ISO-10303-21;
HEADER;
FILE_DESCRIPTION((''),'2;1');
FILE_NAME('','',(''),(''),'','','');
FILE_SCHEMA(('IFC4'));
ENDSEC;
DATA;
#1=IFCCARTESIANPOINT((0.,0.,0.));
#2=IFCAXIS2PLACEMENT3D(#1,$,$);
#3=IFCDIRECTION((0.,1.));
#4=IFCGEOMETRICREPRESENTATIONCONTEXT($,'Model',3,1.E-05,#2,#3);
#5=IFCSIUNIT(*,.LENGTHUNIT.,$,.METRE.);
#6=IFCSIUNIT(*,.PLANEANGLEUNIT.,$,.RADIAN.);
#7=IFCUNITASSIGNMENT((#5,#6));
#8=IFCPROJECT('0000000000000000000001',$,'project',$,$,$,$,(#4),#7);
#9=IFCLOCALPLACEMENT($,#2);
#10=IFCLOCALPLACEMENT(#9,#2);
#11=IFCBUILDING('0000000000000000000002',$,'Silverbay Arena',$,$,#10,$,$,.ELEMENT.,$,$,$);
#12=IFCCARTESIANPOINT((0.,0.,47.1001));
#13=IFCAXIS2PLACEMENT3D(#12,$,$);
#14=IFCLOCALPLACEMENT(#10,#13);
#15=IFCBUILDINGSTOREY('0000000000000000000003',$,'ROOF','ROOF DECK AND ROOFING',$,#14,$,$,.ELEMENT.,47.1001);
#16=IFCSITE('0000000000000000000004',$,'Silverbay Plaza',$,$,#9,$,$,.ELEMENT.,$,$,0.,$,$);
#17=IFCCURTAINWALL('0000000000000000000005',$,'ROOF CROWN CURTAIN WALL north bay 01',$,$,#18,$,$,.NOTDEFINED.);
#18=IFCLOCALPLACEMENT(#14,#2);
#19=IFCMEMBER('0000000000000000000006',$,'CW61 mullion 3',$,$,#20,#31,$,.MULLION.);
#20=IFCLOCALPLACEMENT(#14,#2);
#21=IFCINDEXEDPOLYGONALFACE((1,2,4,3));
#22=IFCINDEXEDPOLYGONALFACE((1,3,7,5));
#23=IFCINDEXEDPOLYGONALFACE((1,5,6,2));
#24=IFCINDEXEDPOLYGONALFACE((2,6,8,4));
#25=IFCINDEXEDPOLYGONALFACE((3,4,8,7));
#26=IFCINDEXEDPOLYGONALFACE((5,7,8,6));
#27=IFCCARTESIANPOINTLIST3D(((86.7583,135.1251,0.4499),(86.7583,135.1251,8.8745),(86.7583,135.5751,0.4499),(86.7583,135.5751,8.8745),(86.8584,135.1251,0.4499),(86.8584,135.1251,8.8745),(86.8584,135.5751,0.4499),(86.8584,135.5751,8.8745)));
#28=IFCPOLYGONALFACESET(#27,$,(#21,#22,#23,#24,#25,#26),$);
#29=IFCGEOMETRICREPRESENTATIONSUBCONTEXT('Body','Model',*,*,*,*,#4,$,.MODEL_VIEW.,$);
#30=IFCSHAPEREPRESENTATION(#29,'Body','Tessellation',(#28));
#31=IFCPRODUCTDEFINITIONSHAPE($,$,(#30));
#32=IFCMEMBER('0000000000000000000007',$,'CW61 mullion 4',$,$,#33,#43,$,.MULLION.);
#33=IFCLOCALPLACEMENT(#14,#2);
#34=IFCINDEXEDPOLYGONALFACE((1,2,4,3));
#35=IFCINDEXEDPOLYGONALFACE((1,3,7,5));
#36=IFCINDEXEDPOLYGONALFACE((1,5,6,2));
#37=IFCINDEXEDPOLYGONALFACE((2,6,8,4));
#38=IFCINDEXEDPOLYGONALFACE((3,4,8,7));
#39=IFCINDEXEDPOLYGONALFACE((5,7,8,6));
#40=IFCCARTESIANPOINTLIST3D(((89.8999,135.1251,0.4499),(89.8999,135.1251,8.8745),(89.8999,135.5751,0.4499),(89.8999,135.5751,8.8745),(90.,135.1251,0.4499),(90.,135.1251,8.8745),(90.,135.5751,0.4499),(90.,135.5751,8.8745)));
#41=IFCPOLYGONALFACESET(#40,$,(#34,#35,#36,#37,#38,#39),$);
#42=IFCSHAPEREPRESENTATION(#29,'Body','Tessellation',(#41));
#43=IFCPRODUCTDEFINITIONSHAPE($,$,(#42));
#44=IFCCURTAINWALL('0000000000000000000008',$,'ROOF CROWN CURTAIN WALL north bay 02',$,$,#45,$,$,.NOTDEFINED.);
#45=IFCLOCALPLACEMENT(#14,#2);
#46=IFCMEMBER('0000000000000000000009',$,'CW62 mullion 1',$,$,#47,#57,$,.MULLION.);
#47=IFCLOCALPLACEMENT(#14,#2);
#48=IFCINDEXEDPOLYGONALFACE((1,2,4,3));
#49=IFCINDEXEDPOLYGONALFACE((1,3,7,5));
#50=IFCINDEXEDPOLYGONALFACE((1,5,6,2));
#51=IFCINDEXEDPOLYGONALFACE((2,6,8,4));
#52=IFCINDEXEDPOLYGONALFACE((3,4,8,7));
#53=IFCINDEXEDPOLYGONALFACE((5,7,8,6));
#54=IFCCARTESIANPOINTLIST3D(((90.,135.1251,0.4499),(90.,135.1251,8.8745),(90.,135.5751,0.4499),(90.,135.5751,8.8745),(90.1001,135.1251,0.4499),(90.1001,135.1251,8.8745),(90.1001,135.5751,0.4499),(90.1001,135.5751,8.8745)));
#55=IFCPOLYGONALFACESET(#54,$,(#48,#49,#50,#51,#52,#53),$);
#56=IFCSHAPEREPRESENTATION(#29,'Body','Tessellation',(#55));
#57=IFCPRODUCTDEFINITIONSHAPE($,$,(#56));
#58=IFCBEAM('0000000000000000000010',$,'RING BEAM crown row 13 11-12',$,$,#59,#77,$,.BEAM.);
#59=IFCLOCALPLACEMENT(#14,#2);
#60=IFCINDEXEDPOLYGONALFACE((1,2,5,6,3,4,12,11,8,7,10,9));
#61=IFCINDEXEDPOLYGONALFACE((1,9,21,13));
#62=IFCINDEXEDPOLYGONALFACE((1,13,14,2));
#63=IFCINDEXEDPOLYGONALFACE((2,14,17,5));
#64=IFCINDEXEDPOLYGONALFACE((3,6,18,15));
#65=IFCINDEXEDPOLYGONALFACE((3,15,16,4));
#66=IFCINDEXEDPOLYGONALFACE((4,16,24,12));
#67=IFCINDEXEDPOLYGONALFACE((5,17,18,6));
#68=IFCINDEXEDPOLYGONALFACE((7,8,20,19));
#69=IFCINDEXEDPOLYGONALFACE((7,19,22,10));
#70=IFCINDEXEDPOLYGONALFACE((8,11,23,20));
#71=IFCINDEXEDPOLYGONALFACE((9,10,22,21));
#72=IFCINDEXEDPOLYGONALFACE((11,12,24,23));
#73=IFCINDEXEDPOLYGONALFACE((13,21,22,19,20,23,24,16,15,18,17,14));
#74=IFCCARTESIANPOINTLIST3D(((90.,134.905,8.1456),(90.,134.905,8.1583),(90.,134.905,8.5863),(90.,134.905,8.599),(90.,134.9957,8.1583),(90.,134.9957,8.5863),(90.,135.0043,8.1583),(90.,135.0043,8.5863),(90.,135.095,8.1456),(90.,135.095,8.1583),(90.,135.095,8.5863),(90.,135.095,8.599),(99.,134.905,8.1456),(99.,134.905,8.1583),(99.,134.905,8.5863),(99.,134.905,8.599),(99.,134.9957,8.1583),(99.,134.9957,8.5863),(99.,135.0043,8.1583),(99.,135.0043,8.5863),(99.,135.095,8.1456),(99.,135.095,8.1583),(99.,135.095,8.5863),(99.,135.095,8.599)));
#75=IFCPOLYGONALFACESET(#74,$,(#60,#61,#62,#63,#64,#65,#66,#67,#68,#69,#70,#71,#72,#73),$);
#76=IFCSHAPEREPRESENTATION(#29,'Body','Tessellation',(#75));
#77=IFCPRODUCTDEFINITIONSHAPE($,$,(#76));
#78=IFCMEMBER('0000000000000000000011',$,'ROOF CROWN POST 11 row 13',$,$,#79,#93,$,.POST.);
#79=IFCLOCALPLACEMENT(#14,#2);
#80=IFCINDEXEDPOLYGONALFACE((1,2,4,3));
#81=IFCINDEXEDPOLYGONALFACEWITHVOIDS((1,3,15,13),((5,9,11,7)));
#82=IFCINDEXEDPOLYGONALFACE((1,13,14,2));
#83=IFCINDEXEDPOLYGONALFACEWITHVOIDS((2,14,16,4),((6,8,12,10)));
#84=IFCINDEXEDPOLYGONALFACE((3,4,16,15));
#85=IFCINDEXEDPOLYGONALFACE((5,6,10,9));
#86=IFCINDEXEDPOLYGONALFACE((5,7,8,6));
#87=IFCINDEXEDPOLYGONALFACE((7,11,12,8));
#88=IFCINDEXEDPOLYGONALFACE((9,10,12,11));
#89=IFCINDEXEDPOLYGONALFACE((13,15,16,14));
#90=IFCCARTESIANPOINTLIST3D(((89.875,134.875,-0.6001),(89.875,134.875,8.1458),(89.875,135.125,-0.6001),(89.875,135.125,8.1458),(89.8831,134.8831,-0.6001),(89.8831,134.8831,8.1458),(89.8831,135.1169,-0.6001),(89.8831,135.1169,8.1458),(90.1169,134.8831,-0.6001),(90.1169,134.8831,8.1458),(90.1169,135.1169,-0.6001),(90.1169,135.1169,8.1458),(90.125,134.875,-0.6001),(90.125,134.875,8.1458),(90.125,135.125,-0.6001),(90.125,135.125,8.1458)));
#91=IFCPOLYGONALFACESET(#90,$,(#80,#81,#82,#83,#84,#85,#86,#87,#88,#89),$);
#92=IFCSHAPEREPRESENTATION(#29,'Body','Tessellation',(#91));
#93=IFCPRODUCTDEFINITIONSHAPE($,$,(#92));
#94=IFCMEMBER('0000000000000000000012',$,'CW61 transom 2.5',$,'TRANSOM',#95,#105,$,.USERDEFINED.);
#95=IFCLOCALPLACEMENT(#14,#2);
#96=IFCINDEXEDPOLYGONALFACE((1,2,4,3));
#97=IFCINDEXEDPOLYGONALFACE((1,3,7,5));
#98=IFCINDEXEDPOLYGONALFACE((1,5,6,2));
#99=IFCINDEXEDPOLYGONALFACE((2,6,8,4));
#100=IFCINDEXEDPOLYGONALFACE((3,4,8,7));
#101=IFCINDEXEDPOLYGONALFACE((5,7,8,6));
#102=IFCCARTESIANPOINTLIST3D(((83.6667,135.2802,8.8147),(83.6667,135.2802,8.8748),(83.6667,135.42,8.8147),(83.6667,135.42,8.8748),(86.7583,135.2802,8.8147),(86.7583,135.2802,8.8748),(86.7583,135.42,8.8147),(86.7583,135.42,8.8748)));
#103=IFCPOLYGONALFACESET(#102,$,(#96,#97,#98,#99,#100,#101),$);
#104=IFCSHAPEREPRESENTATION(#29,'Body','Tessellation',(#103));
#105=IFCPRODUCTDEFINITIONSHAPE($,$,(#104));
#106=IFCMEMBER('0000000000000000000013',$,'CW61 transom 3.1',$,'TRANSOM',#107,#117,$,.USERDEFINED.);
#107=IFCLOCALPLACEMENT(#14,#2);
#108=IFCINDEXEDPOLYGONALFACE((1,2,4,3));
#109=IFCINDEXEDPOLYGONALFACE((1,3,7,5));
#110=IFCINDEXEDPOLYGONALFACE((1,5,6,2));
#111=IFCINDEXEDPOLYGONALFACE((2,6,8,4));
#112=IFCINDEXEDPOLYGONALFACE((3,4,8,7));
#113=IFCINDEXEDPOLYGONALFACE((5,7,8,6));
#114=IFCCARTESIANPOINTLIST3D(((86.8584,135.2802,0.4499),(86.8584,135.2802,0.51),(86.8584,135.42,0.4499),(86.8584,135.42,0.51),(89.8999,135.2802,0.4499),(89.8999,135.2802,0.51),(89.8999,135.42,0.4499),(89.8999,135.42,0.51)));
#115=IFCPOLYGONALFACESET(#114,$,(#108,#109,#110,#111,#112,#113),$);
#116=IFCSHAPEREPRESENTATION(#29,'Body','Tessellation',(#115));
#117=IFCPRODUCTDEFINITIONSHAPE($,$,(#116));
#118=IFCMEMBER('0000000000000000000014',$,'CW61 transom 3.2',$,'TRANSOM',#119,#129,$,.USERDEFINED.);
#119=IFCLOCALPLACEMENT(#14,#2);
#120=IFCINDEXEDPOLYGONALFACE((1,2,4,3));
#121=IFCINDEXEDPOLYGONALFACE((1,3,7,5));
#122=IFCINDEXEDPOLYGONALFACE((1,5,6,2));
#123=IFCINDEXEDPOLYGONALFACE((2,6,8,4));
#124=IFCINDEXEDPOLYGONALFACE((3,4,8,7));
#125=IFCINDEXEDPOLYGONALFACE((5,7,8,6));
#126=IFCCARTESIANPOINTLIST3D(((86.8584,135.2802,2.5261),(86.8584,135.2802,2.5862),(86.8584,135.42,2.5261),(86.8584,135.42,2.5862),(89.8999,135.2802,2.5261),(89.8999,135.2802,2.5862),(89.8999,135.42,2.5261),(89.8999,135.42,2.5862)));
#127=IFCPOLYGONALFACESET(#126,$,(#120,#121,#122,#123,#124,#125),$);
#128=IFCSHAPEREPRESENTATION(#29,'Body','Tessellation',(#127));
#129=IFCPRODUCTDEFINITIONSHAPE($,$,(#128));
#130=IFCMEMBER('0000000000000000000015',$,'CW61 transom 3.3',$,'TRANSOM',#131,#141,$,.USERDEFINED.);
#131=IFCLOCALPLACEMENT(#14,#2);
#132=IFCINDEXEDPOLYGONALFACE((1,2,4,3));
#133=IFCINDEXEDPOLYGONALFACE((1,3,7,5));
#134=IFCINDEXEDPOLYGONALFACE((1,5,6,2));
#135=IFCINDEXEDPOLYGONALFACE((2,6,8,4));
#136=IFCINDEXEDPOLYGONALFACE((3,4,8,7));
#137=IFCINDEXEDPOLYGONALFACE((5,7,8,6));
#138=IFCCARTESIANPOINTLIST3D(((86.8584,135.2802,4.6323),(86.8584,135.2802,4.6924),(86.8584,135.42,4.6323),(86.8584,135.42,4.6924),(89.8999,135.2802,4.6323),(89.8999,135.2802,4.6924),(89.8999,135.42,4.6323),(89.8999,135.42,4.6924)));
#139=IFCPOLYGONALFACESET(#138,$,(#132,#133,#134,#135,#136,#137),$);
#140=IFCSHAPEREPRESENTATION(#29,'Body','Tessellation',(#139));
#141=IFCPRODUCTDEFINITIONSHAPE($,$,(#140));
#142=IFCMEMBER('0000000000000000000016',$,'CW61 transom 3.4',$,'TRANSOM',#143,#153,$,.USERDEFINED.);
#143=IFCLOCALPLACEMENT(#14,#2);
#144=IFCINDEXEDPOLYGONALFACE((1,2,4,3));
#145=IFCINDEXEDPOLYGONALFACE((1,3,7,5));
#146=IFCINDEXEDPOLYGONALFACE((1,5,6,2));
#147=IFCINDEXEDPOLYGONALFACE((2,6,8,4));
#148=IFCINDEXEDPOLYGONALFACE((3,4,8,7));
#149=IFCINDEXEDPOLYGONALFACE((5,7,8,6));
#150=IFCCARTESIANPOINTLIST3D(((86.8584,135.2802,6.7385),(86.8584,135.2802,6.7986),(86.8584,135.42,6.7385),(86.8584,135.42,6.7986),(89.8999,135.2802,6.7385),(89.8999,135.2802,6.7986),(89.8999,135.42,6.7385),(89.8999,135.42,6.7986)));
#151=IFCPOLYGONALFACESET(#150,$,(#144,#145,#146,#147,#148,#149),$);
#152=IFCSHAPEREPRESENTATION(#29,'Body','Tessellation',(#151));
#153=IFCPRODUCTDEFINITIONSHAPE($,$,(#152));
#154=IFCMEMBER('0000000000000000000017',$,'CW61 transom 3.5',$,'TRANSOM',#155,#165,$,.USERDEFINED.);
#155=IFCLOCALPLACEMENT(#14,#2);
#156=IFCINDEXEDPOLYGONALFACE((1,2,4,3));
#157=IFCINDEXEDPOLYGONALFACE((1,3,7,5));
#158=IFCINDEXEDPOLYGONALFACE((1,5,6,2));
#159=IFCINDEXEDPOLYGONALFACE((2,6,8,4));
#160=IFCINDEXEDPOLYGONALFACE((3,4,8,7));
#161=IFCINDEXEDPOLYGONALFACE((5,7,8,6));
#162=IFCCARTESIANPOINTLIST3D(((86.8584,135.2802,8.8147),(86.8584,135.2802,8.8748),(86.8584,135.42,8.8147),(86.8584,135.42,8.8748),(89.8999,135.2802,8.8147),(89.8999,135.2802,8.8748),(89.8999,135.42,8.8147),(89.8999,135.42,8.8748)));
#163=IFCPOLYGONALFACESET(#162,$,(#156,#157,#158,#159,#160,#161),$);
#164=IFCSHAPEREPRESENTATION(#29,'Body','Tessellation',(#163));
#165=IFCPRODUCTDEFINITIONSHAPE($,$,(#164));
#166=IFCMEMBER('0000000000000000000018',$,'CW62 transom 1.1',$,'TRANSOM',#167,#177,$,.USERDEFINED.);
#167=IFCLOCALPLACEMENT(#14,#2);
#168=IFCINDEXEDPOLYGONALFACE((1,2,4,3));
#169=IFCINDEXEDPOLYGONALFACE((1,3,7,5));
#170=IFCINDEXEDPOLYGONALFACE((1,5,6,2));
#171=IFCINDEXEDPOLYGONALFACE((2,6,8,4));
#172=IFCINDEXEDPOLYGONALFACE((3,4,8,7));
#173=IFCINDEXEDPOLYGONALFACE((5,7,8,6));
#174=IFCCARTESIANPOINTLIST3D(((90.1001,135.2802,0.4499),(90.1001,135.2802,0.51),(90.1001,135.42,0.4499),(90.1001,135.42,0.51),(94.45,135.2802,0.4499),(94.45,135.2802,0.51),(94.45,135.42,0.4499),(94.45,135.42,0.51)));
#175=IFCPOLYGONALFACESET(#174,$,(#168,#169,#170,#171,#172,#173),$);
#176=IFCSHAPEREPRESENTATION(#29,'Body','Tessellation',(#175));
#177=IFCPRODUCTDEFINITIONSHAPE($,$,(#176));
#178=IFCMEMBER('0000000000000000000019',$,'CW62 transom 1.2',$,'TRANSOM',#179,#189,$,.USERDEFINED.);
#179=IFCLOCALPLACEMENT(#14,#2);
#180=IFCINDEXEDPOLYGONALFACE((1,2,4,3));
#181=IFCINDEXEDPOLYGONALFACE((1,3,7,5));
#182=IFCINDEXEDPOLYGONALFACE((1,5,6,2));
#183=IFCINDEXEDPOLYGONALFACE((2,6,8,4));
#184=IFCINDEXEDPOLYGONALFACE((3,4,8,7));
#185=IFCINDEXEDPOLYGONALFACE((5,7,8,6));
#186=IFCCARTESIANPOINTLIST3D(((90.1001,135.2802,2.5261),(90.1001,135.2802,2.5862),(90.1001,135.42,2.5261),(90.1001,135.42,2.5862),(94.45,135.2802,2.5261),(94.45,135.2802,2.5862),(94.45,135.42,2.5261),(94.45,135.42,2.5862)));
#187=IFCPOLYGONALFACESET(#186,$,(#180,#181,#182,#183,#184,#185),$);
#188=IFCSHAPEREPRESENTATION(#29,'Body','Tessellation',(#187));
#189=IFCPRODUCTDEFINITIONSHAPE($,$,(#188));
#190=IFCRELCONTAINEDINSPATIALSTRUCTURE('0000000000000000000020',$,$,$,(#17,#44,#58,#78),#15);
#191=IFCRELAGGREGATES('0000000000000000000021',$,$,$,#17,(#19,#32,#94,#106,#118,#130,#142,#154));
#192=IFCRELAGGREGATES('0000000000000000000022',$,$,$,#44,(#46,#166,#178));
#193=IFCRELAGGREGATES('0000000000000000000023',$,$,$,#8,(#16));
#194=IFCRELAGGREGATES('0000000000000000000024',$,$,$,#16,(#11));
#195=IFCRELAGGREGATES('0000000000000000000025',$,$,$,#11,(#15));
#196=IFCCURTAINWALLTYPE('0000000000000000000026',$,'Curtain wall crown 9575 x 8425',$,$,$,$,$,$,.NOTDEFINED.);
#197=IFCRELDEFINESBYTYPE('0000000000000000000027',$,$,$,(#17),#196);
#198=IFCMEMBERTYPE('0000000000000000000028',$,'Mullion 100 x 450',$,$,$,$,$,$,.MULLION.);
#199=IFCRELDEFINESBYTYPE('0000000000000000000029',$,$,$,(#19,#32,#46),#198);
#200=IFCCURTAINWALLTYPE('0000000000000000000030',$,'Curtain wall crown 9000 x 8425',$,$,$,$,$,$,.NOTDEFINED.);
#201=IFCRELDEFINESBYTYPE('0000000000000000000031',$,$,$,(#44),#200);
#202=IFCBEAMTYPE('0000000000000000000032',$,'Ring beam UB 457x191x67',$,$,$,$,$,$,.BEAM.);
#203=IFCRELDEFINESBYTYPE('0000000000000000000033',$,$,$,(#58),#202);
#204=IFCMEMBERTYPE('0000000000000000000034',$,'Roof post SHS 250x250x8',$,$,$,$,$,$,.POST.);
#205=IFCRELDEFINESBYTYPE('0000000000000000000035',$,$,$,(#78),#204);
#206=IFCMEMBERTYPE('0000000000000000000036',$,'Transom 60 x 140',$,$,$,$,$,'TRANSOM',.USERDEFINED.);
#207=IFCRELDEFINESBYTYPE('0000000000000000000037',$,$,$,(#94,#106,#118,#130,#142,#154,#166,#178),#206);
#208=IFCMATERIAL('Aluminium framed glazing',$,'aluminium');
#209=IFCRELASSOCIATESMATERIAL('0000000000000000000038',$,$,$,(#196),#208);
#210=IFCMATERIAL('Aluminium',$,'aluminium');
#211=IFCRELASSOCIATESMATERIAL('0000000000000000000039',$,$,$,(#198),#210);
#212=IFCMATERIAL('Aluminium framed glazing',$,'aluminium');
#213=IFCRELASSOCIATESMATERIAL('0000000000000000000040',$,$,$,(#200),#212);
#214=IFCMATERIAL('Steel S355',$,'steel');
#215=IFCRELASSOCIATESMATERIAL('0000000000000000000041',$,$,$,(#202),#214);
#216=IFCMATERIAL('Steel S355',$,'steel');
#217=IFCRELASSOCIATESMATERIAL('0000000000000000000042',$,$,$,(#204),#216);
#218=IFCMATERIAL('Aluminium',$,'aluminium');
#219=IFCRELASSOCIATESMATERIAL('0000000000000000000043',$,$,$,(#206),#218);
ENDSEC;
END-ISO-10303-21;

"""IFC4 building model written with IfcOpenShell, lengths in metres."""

from ifc_helpers import new_model, si_unit, direction, frame, origin, origin_2d, place, context, subcontext, project, spatial, rectangle, hollow_rectangle, i_section, extrude, material, material_profile, profile_set, type_object, element, aggregate, save


model = new_model("IFC4")

# Units and contexts
model_context = context("Model", 3, precision=1e-05, world=origin(), true_north=direction((0.0, 1.0)))
body_context = subcontext(model_context, "Body", "Model", "MODEL_VIEW")
ifc_project = project(units=[si_unit("LENGTHUNIT", "METRE"), si_unit("PLANEANGLEUNIT", "RADIAN")], contexts=[model_context])

# Site, building, storey
site_placement = place(None, origin())
site = spatial("IfcSite", under=ifc_project, at=site_placement, Name="Silverbay Plaza", CompositionType="ELEMENT", RefElevation=0.0)
building_placement = place(site_placement, origin())
building = spatial("IfcBuilding", under=site, at=building_placement, Name="Silverbay Arena", CompositionType="ELEMENT")
storey_placement = place(building_placement, frame((0.0, 0.0, 47.1001)))
storey = spatial("IfcBuildingStorey", under=building, at=storey_placement, Name="ROOF", Description="ROOF DECK AND ROOFING", CompositionType="ELEMENT", Elevation=47.1001)

# Curtain wall, members
ifc_material_1 = material(Name="Aluminium framed glazing", Category="aluminium")
curtain_wall_type_1 = type_object("IfcCurtainWallType", Name="Curtain wall crown 9575 x 8425", PredefinedType="NOTDEFINED", material=ifc_material_1)
curtain_wall_1_placement = place(storey_placement, origin())
curtain_wall_1 = element("IfcCurtainWall", 1, at=curtain_wall_1_placement, inside=storey, type_object=curtain_wall_type_1, Name="ROOF CROWN CURTAIN WALL north bay 01", PredefinedType="NOTDEFINED")
ifc_material_2 = material(Name="Aluminium", Category="aluminium")
ifc_material_profile_1 = material_profile(ifc_material_2, rectangle(XDim=0.45, YDim=0.1001, at=origin_2d()), Name="Mullion 100 x 450")
ifc_profile_set_1 = profile_set([ifc_material_profile_1], Name="Aluminium")
member_type_1 = type_object("IfcMemberType", Name="Mullion 100 x 450", PredefinedType="MULLION", material=ifc_profile_set_1)
placement = place(building_placement, frame((0.0, 0.0, 33.5)))
member_1_placement = place(placement, frame((86.8083, 135.3501, 14.05), z_axis=(0.0, 0.0, 1.0), x_axis=(0.0, 1.0, 0.0)))
member_1 = element("IfcMember", 2, at=member_1_placement, type_object=member_type_1, Name="CW61 mullion 3", PredefinedType="MULLION", context=body_context, shape_type="SweptSolid", body=[
    extrude(rectangle(XDim=0.45, YDim=0.1001, at=origin_2d()), origin(), (0.0, 0.0, 1.0), 8.4246),
])
member_2_placement = place(placement, frame((89.95, 135.3501, 14.05), z_axis=(0.0, 0.0, 1.0), x_axis=(0.0, 1.0, 0.0)))
member_2 = element("IfcMember", 3, at=member_2_placement, type_object=member_type_1, Name="CW61 mullion 4", PredefinedType="MULLION", context=body_context, shape_type="SweptSolid", body=[
    extrude(rectangle(XDim=0.45, YDim=0.1001, at=origin_2d()), origin(), (0.0, 0.0, 1.0), 8.4246),
])

# Curtain wall, member
ifc_material_3 = material(Name="Aluminium framed glazing", Category="aluminium")
curtain_wall_type_2 = type_object("IfcCurtainWallType", Name="Curtain wall crown 9000 x 8425", PredefinedType="NOTDEFINED", material=ifc_material_3)
curtain_wall_2_placement = place(storey_placement, origin())
curtain_wall_2 = element("IfcCurtainWall", 4, at=curtain_wall_2_placement, inside=storey, type_object=curtain_wall_type_2, Name="ROOF CROWN CURTAIN WALL north bay 02", PredefinedType="NOTDEFINED")
member_3_placement = place(placement, frame((90.05, 135.3501, 14.05), z_axis=(0.0, 0.0, 1.0), x_axis=(0.0, 1.0, 0.0)))
member_3 = element("IfcMember", 5, at=member_3_placement, type_object=member_type_1, Name="CW62 mullion 1", PredefinedType="MULLION", context=body_context, shape_type="SweptSolid", body=[
    extrude(rectangle(XDim=0.45, YDim=0.1001, at=origin_2d()), origin(), (0.0, 0.0, 1.0), 8.4246),
])

# Beam
ifc_material_4 = material(Name="Steel S355", Category="steel")
ifc_material_profile_2 = material_profile(ifc_material_4, i_section(OverallWidth=0.1899, OverallDepth=0.4534, WebThickness=0.0085, FlangeThickness=0.0127, at=origin_2d()), Name="UB 457x191x67")
ifc_profile_set_2 = profile_set([ifc_material_profile_2], Name="Steel S355")
beam_type = type_object("IfcBeamType", Name="Ring beam UB 457x191x67", PredefinedType="BEAM", material=ifc_profile_set_2)
beam_placement = place(storey_placement, frame((90.0, 135.0, 8.3723), z_axis=(1.0, 0.0, 0.0), x_axis=(0.0, 1.0, 0.0)))
element("IfcBeam", 6, at=beam_placement, inside=storey, type_object=beam_type, Name="RING BEAM crown row 13 11-12", PredefinedType="BEAM", context=body_context, shape_type="SweptSolid", body=[
    extrude(i_section(OverallWidth=0.1899, OverallDepth=0.4534, WebThickness=0.0085, FlangeThickness=0.0127, at=origin_2d()), origin(), (0.0, 0.0, 1.0), 9.0),
])

# Members
ifc_material_5 = material(Name="Steel S355", Category="steel")
ifc_material_profile_3 = material_profile(ifc_material_5, hollow_rectangle(XDim=0.25, YDim=0.25, WallThickness=0.0081, at=origin_2d()), Name="SHS 250x250x8")
ifc_profile_set_3 = profile_set([ifc_material_profile_3], Name="Steel S355")
member_type_2 = type_object("IfcMemberType", Name="Roof post SHS 250x250x8", PredefinedType="POST", material=ifc_profile_set_3)
member_4_placement = place(storey_placement, frame((90.0, 135.0, -0.6001), z_axis=(0.0, 0.0, 1.0), x_axis=(1.0, 0.0, 0.0)))
element("IfcMember", 7, at=member_4_placement, inside=storey, type_object=member_type_2, Name="ROOF CROWN POST 11 row 13", PredefinedType="POST", context=body_context, shape_type="SweptSolid", body=[
    extrude(hollow_rectangle(XDim=0.25, YDim=0.25, WallThickness=0.0081, at=origin_2d()), origin(), (0.0, 0.0, 1.0), 8.7458),
])
ifc_material_6 = material(Name="Aluminium", Category="aluminium")
ifc_material_profile_4 = material_profile(ifc_material_6, rectangle(XDim=0.1399, YDim=0.0601, at=origin_2d()), Name="Transom 60 x 140")
ifc_profile_set_4 = profile_set([ifc_material_profile_4], Name="Aluminium")
member_type_3 = type_object("IfcMemberType", Name="Transom 60 x 140", ElementType="TRANSOM", PredefinedType="USERDEFINED", material=ifc_profile_set_4)
member_5_placement = place(placement, frame((83.6667, 135.3501, 22.4448), z_axis=(1.0, 0.0, 0.0), x_axis=(0.0, 1.0, 0.0)))
member_5 = element("IfcMember", 8, at=member_5_placement, type_object=member_type_3, Name="CW61 transom 2.5", ObjectType="TRANSOM", PredefinedType="USERDEFINED", context=body_context, shape_type="SweptSolid", body=[
    extrude(rectangle(XDim=0.1399, YDim=0.0601, at=origin_2d()), origin(), (0.0, 0.0, 1.0), 3.0916),
])
member_6_placement = place(placement, frame((86.8584, 135.3501, 14.0801), z_axis=(1.0, 0.0, 0.0), x_axis=(0.0, 1.0, 0.0)))
member_6 = element("IfcMember", 9, at=member_6_placement, type_object=member_type_3, Name="CW61 transom 3.1", ObjectType="TRANSOM", PredefinedType="USERDEFINED", context=body_context, shape_type="SweptSolid", body=[
    extrude(rectangle(XDim=0.1399, YDim=0.0601, at=origin_2d()), origin(), (0.0, 0.0, 1.0), 3.0415),
])
member_7_placement = place(placement, frame((86.8584, 135.3501, 16.1562), z_axis=(1.0, 0.0, 0.0), x_axis=(0.0, 1.0, 0.0)))
member_7 = element("IfcMember", 10, at=member_7_placement, type_object=member_type_3, Name="CW61 transom 3.2", ObjectType="TRANSOM", PredefinedType="USERDEFINED", context=body_context, shape_type="SweptSolid", body=[
    extrude(rectangle(XDim=0.1399, YDim=0.0601, at=origin_2d()), origin(), (0.0, 0.0, 1.0), 3.0415),
])
member_8_placement = place(placement, frame((86.8584, 135.3501, 18.2625), z_axis=(1.0, 0.0, 0.0), x_axis=(0.0, 1.0, 0.0)))
member_8 = element("IfcMember", 11, at=member_8_placement, type_object=member_type_3, Name="CW61 transom 3.3", ObjectType="TRANSOM", PredefinedType="USERDEFINED", context=body_context, shape_type="SweptSolid", body=[
    extrude(rectangle(XDim=0.1399, YDim=0.0601, at=origin_2d()), origin(), (0.0, 0.0, 1.0), 3.0415),
])
member_9_placement = place(placement, frame((86.8584, 135.3501, 20.3687), z_axis=(1.0, 0.0, 0.0), x_axis=(0.0, 1.0, 0.0)))
member_9 = element("IfcMember", 12, at=member_9_placement, type_object=member_type_3, Name="CW61 transom 3.4", ObjectType="TRANSOM", PredefinedType="USERDEFINED", context=body_context, shape_type="SweptSolid", body=[
    extrude(rectangle(XDim=0.1399, YDim=0.0601, at=origin_2d()), origin(), (0.0, 0.0, 1.0), 3.0415),
])
member_10_placement = place(placement, frame((86.8584, 135.3501, 22.4448), z_axis=(1.0, 0.0, 0.0), x_axis=(0.0, 1.0, 0.0)))
member_10 = element("IfcMember", 13, at=member_10_placement, type_object=member_type_3, Name="CW61 transom 3.5", ObjectType="TRANSOM", PredefinedType="USERDEFINED", context=body_context, shape_type="SweptSolid", body=[
    extrude(rectangle(XDim=0.1399, YDim=0.0601, at=origin_2d()), origin(), (0.0, 0.0, 1.0), 3.0415),
])
member_11_placement = place(placement, frame((90.1001, 135.3501, 14.0801), z_axis=(1.0, 0.0, 0.0), x_axis=(0.0, 1.0, 0.0)))
member_11 = element("IfcMember", 14, at=member_11_placement, type_object=member_type_3, Name="CW62 transom 1.1", ObjectType="TRANSOM", PredefinedType="USERDEFINED", context=body_context, shape_type="SweptSolid", body=[
    extrude(rectangle(XDim=0.1399, YDim=0.0601, at=origin_2d()), origin(), (0.0, 0.0, 1.0), 4.3499),
])
member_12_placement = place(placement, frame((90.1001, 135.3501, 16.1562), z_axis=(1.0, 0.0, 0.0), x_axis=(0.0, 1.0, 0.0)))
member_12 = element("IfcMember", 15, at=member_12_placement, type_object=member_type_3, Name="CW62 transom 1.2", ObjectType="TRANSOM", PredefinedType="USERDEFINED", context=body_context, shape_type="SweptSolid", body=[
    extrude(rectangle(XDim=0.1399, YDim=0.0601, at=origin_2d()), origin(), (0.0, 0.0, 1.0), 4.3499),
])

aggregate(curtain_wall_1, [member_1, member_2, member_5, member_6, member_7, member_8, member_9, member_10])
aggregate(curtain_wall_2, [member_3, member_11, member_12])

save(model, "model.ifc")
